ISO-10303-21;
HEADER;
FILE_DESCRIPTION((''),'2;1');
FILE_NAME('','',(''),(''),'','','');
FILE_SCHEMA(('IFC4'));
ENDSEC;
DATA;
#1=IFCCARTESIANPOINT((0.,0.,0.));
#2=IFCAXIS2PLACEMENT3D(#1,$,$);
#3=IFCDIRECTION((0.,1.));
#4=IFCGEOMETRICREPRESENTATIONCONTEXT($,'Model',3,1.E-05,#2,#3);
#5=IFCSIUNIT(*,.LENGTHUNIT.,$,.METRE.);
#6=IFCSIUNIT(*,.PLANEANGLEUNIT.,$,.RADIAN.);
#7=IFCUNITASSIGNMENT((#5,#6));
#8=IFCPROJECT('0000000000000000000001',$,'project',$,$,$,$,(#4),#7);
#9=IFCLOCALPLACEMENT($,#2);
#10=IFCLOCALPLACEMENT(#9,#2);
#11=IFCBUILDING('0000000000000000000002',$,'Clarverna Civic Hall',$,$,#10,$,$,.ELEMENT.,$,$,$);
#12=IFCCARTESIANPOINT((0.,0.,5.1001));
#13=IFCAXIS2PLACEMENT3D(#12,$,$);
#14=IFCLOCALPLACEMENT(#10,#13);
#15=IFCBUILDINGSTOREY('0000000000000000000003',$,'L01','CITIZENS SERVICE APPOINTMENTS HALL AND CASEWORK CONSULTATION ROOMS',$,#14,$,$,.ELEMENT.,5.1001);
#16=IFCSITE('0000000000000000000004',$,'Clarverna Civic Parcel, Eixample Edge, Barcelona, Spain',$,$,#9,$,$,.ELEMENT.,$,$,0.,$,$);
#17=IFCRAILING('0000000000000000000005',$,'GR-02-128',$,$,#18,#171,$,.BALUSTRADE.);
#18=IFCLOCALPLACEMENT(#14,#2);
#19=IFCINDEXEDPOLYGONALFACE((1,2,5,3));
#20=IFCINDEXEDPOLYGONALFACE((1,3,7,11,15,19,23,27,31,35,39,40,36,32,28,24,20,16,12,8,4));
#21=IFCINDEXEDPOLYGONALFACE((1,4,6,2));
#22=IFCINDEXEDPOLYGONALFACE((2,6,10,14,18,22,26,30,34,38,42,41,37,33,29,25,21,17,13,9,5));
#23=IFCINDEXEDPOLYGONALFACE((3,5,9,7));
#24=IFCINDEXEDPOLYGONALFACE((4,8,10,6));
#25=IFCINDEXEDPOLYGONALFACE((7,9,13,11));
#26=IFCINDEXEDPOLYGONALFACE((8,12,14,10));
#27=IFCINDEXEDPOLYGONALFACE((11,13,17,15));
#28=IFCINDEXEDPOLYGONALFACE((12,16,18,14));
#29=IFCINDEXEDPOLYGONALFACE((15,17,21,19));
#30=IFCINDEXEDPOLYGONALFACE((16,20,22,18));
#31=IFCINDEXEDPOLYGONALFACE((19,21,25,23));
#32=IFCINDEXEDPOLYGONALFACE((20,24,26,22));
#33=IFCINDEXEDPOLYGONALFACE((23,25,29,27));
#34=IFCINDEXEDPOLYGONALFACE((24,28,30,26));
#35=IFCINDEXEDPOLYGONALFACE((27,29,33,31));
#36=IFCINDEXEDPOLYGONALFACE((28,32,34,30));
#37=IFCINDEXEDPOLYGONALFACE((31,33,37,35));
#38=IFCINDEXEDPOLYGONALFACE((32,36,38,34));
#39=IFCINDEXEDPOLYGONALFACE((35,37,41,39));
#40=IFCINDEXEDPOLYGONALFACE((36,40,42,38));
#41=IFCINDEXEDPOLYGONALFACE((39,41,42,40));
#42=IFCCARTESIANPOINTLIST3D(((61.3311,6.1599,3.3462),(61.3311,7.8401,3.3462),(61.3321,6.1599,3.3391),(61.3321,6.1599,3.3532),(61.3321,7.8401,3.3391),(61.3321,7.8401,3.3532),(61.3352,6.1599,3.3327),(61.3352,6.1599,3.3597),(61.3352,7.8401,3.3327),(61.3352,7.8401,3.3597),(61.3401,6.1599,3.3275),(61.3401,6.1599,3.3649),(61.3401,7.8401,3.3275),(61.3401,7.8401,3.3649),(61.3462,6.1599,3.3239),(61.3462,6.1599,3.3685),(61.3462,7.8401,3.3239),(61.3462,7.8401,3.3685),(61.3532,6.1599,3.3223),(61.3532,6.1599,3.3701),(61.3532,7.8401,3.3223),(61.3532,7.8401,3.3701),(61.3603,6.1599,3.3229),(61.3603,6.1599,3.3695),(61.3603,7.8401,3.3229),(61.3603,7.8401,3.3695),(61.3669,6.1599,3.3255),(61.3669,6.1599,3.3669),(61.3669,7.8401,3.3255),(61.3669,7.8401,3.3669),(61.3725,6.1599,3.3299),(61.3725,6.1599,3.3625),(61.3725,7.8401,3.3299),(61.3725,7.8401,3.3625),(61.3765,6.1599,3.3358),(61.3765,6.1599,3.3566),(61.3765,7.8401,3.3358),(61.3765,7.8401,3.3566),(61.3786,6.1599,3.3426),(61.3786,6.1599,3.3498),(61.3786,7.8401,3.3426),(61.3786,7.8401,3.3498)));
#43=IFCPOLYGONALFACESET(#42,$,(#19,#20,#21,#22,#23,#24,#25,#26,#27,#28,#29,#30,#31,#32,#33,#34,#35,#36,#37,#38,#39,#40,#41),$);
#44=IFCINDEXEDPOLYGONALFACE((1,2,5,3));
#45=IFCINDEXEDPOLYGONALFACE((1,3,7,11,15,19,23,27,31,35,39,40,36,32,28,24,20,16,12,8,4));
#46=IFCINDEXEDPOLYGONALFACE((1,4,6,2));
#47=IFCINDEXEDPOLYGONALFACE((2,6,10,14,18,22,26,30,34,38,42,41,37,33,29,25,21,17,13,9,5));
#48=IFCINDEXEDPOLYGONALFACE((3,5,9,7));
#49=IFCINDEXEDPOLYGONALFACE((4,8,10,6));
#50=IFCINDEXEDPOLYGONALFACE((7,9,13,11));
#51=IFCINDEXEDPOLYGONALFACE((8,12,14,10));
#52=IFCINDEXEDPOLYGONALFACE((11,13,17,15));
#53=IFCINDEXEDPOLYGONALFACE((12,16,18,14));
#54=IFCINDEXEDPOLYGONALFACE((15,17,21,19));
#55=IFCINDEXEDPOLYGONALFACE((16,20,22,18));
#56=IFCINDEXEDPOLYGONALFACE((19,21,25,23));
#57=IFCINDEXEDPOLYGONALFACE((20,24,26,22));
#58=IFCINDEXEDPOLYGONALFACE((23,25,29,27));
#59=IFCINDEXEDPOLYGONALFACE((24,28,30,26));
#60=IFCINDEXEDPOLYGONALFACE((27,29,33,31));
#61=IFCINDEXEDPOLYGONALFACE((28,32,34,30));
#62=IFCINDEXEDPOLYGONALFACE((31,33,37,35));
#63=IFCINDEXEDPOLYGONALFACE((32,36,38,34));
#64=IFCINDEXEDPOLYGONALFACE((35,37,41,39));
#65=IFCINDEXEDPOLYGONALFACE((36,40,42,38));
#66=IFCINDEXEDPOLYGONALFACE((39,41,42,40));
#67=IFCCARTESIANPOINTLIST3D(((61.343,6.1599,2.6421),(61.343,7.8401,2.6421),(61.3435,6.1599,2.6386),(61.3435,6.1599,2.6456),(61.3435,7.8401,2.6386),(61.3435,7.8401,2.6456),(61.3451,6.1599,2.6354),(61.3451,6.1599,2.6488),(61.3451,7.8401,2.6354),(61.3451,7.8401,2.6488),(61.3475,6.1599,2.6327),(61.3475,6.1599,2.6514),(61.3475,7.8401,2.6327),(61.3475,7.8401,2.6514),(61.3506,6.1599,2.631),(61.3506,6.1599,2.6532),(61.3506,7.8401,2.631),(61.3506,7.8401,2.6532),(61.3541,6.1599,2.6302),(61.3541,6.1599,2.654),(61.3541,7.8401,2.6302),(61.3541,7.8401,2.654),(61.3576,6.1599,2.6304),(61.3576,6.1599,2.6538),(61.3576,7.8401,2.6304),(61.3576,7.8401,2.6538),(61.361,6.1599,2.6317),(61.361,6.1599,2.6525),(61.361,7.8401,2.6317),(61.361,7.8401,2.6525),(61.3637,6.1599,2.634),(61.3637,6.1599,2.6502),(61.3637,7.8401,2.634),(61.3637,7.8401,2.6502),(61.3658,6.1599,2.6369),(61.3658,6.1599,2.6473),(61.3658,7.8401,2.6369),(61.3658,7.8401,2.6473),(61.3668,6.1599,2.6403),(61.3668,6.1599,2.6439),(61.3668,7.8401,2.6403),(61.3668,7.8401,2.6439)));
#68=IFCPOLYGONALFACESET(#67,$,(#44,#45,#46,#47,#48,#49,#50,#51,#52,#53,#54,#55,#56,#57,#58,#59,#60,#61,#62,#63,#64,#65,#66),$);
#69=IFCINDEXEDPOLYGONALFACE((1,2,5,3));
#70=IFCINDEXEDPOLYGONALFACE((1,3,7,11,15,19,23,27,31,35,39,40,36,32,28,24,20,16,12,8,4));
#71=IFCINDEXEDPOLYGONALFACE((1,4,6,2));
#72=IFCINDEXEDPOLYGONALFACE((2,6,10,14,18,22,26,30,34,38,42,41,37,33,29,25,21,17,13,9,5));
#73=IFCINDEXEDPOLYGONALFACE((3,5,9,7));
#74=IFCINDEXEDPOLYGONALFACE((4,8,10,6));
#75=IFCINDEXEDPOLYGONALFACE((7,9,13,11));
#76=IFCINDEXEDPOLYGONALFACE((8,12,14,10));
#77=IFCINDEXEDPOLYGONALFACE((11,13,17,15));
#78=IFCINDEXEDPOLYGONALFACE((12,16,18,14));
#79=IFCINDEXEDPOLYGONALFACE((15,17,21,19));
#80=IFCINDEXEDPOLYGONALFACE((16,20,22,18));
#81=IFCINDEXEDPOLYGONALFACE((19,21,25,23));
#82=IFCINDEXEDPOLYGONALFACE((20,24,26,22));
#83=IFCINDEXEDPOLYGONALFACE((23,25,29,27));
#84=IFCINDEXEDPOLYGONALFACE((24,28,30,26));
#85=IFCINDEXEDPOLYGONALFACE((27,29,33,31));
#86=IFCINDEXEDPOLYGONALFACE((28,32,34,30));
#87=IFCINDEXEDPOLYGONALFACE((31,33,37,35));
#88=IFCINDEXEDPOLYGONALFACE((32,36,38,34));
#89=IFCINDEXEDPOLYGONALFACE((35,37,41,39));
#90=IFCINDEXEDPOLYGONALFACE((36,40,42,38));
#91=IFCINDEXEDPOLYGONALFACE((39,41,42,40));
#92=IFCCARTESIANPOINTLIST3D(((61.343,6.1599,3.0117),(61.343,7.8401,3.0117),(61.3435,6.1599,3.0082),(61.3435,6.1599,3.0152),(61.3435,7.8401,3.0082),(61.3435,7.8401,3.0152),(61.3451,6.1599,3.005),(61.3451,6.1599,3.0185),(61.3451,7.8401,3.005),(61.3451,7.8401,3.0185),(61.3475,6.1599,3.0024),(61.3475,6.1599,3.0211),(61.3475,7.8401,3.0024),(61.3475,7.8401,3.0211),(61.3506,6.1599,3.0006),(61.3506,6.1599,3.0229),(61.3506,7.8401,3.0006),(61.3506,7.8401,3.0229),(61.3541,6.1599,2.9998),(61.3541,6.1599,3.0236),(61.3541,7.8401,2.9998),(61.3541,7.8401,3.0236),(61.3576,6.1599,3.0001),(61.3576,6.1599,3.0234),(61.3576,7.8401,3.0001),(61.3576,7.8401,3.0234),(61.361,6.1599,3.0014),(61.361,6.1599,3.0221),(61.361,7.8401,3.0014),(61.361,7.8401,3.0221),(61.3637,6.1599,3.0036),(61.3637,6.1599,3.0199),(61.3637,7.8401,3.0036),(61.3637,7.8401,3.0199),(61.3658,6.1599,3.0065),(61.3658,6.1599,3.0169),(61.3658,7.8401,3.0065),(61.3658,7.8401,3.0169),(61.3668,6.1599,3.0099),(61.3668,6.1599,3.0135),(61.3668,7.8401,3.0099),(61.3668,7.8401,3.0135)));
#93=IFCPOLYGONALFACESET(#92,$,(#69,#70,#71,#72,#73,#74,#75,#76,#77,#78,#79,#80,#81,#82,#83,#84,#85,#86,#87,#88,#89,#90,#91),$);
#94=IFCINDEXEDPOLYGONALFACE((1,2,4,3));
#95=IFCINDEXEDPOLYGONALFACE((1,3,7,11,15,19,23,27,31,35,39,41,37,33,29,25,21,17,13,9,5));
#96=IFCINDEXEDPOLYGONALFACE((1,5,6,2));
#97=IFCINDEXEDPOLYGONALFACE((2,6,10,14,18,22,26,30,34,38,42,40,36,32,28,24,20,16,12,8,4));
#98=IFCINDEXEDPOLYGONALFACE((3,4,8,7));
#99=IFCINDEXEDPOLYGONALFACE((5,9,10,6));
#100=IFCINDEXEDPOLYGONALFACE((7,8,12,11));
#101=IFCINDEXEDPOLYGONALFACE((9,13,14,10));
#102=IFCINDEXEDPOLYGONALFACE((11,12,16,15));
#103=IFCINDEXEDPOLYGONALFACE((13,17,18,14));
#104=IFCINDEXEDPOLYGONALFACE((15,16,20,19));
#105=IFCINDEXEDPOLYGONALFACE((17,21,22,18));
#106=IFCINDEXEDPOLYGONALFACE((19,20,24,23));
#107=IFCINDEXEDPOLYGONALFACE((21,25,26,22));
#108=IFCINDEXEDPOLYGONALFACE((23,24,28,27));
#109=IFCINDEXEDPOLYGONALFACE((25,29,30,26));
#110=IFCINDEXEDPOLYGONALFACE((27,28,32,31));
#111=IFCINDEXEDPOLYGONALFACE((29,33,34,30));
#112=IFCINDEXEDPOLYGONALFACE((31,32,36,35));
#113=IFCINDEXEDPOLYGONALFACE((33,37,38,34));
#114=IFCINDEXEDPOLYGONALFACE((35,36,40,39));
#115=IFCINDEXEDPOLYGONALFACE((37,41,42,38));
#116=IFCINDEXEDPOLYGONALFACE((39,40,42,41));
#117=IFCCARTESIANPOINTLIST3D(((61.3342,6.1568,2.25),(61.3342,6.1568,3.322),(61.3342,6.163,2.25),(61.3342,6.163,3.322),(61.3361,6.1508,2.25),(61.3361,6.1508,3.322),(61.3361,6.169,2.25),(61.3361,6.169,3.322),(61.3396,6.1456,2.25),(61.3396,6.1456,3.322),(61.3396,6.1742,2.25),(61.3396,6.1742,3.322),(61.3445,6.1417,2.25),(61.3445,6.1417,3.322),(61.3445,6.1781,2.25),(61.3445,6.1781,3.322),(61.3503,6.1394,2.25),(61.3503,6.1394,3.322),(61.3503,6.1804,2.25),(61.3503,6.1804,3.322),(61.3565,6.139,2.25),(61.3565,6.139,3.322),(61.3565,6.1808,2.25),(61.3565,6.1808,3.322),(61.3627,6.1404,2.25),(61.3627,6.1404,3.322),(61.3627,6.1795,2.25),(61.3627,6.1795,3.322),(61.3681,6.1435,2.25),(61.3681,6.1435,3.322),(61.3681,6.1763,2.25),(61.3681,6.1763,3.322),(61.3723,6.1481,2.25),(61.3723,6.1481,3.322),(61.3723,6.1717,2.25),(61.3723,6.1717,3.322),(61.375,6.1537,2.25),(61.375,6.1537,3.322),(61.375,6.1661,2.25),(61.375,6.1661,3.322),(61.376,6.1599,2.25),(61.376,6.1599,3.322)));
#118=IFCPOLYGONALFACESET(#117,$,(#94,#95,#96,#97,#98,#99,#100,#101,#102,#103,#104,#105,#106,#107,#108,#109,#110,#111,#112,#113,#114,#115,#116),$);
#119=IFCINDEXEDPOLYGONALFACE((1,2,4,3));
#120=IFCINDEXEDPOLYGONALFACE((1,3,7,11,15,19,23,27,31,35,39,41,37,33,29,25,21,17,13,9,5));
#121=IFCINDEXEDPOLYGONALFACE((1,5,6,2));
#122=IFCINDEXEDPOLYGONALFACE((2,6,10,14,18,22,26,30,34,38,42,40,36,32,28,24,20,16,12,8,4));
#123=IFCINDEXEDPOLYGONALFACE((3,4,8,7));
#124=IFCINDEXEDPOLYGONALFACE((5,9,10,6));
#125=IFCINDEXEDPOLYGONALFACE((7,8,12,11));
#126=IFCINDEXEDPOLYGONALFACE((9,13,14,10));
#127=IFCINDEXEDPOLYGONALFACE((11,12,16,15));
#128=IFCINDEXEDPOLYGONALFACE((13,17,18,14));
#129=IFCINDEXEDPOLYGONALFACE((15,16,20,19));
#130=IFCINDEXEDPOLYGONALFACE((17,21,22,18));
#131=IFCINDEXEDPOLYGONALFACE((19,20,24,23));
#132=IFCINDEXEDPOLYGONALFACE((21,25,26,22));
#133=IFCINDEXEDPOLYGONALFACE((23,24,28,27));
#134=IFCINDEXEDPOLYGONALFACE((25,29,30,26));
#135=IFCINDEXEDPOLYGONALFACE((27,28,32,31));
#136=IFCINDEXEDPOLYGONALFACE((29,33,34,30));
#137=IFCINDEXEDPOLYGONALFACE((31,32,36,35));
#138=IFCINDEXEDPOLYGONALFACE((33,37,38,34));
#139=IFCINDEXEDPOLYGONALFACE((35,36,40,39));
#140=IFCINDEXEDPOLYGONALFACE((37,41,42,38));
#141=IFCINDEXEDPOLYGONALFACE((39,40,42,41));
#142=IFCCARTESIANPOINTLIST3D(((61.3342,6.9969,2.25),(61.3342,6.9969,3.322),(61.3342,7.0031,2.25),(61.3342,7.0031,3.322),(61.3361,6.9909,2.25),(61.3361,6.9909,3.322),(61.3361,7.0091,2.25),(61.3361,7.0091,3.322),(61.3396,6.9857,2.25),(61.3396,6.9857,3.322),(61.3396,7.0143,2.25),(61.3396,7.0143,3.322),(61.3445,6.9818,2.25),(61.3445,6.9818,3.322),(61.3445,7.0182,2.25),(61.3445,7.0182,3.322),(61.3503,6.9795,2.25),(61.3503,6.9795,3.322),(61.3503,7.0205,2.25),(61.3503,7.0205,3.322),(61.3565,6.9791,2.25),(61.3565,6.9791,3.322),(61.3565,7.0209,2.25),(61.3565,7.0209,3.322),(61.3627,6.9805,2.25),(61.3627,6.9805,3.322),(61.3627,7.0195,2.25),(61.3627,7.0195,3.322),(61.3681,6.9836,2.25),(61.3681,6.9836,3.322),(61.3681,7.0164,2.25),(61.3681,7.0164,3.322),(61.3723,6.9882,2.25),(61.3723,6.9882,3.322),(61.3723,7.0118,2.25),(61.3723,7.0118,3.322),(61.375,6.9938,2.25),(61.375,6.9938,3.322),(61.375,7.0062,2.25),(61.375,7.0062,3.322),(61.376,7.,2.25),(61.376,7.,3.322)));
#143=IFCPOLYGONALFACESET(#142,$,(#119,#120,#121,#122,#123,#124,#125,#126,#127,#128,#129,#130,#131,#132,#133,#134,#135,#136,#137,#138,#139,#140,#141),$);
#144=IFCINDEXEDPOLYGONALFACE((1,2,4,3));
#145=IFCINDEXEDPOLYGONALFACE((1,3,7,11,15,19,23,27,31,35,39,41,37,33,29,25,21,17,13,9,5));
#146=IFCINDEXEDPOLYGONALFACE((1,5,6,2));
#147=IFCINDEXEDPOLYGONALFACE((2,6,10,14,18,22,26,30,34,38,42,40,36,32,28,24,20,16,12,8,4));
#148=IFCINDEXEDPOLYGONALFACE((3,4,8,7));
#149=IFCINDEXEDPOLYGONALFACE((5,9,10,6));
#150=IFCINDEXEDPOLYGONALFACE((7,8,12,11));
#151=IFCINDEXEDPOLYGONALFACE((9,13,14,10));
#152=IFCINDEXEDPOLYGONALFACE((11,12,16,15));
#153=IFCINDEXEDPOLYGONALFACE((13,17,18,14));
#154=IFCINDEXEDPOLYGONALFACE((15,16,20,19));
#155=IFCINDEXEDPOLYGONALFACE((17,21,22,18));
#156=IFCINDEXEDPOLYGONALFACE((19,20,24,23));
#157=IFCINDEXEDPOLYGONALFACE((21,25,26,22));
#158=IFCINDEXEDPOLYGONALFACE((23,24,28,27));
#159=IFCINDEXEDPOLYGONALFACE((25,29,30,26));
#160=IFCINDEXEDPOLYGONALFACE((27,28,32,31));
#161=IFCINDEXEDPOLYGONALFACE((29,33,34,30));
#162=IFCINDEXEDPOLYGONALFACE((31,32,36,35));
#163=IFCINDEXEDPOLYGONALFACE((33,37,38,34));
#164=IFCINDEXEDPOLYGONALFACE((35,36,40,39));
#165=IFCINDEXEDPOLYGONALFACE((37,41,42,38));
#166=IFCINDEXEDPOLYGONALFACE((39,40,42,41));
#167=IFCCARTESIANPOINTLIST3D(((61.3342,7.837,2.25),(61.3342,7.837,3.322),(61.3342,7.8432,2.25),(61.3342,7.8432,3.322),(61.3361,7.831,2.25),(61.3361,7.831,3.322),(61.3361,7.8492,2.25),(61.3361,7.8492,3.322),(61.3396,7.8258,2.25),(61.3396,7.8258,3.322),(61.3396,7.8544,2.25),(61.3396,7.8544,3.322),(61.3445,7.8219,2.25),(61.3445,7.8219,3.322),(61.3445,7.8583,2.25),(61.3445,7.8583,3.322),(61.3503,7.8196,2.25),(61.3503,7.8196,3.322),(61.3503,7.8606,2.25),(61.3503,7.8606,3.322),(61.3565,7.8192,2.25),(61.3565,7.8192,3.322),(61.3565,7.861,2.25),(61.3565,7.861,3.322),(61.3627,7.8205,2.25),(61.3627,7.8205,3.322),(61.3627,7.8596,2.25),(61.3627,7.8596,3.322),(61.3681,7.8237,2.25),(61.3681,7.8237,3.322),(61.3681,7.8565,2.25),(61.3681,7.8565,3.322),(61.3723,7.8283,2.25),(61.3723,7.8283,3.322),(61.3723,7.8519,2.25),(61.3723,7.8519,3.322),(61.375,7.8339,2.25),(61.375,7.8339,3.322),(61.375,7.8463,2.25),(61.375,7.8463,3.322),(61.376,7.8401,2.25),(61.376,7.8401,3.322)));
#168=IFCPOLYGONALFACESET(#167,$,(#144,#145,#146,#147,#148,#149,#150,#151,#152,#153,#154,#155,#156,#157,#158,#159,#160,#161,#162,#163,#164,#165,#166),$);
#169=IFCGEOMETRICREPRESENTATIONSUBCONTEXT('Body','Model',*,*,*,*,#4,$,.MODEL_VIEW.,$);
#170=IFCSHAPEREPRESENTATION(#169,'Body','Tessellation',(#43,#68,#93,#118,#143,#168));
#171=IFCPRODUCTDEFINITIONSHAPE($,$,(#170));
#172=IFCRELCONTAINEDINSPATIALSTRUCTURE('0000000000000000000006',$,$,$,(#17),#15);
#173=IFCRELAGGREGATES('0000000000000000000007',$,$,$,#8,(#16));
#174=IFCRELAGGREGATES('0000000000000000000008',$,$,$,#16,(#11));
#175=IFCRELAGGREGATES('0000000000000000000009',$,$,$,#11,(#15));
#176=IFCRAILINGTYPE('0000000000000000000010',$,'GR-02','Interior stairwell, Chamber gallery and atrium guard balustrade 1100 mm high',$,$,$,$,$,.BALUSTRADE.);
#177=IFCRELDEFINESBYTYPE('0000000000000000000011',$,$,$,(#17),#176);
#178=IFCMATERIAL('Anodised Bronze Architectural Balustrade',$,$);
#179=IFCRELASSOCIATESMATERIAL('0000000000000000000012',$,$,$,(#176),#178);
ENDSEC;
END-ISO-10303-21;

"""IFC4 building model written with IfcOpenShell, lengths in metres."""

from ifc_helpers import new_model, si_unit, direction, frame, origin, origin_2d, place, context, subcontext, project, spatial, circle, extrude, material, type_object, element, save


model = new_model("IFC4")

# Units and contexts
model_context = context("Model", 3, precision=1e-05, world=origin(), true_north=direction((0.0, 1.0)))
body_context = subcontext(model_context, "Body", "Model", "MODEL_VIEW")
ifc_project = project(units=[si_unit("LENGTHUNIT", "METRE"), si_unit("PLANEANGLEUNIT", "RADIAN")], contexts=[model_context])

# Site, building, storey
site_placement = place(None, origin())
site = spatial("IfcSite", under=ifc_project, at=site_placement, Name="Clarverna Civic Parcel, Eixample Edge, Barcelona, Spain", CompositionType="ELEMENT", RefElevation=0.0)
building_placement = place(site_placement, origin())
building = spatial("IfcBuilding", under=site, at=building_placement, Name="Clarverna Civic Hall", CompositionType="ELEMENT")
storey_placement = place(building_placement, frame((0.0, 0.0, 5.1001)))
storey = spatial("IfcBuildingStorey", under=building, at=storey_placement, Name="L01", Description="CITIZENS SERVICE APPOINTMENTS HALL AND CASEWORK CONSULTATION ROOMS", CompositionType="ELEMENT", Elevation=5.1001)

# Railing
ifc_material_1 = material(Name="Anodised Bronze Architectural Balustrade")
railing_type_1 = type_object("IfcRailingType", Name="GR-02", Description="Interior stairwell, Chamber gallery and atrium guard balustrade 1100 mm high", PredefinedType="BALUSTRADE", material=ifc_material_1)
railing_1_placement = place(storey_placement, frame((61.355, 6.1599, 2.25)))
element("IfcRailing", 1, at=railing_1_placement, inside=storey, type_object=railing_type_1, Name="GR-02-128", PredefinedType="BALUSTRADE", context=body_context, shape_type="SweptSolid", body=[
    extrude(circle(Radius=0.0239, at=origin_2d()), frame((0.0, 0.0, 1.0962), z_axis=(0.0, 1.0, 0.0), x_axis=(-1.0, 0.0, 0.0)), (0.0, 0.0, 1.0), 1.6802),
    extrude(circle(Radius=0.012, at=origin_2d()), frame((0.0, 0.0, 0.3921), z_axis=(0.0, 1.0, 0.0), x_axis=(-1.0, 0.0, 0.0)), (0.0, 0.0, 1.0), 1.6802),
    extrude(circle(Radius=0.012, at=origin_2d()), frame((0.0, 0.0, 0.7617), z_axis=(0.0, 1.0, 0.0), x_axis=(-1.0, 0.0, 0.0)), (0.0, 0.0, 1.0), 1.6802),
    extrude(circle(Radius=0.021, at=origin_2d()), origin(), (0.0, 0.0, 1.0), 1.072),
    extrude(circle(Radius=0.021, at=origin_2d()), frame((0.0, 0.8401, 0.0)), (0.0, 0.0, 1.0), 1.072),
    extrude(circle(Radius=0.021, at=origin_2d()), frame((0.0, 1.6802, 0.0)), (0.0, 0.0, 1.0), 1.072),
])

save(model, "model.ifc")
